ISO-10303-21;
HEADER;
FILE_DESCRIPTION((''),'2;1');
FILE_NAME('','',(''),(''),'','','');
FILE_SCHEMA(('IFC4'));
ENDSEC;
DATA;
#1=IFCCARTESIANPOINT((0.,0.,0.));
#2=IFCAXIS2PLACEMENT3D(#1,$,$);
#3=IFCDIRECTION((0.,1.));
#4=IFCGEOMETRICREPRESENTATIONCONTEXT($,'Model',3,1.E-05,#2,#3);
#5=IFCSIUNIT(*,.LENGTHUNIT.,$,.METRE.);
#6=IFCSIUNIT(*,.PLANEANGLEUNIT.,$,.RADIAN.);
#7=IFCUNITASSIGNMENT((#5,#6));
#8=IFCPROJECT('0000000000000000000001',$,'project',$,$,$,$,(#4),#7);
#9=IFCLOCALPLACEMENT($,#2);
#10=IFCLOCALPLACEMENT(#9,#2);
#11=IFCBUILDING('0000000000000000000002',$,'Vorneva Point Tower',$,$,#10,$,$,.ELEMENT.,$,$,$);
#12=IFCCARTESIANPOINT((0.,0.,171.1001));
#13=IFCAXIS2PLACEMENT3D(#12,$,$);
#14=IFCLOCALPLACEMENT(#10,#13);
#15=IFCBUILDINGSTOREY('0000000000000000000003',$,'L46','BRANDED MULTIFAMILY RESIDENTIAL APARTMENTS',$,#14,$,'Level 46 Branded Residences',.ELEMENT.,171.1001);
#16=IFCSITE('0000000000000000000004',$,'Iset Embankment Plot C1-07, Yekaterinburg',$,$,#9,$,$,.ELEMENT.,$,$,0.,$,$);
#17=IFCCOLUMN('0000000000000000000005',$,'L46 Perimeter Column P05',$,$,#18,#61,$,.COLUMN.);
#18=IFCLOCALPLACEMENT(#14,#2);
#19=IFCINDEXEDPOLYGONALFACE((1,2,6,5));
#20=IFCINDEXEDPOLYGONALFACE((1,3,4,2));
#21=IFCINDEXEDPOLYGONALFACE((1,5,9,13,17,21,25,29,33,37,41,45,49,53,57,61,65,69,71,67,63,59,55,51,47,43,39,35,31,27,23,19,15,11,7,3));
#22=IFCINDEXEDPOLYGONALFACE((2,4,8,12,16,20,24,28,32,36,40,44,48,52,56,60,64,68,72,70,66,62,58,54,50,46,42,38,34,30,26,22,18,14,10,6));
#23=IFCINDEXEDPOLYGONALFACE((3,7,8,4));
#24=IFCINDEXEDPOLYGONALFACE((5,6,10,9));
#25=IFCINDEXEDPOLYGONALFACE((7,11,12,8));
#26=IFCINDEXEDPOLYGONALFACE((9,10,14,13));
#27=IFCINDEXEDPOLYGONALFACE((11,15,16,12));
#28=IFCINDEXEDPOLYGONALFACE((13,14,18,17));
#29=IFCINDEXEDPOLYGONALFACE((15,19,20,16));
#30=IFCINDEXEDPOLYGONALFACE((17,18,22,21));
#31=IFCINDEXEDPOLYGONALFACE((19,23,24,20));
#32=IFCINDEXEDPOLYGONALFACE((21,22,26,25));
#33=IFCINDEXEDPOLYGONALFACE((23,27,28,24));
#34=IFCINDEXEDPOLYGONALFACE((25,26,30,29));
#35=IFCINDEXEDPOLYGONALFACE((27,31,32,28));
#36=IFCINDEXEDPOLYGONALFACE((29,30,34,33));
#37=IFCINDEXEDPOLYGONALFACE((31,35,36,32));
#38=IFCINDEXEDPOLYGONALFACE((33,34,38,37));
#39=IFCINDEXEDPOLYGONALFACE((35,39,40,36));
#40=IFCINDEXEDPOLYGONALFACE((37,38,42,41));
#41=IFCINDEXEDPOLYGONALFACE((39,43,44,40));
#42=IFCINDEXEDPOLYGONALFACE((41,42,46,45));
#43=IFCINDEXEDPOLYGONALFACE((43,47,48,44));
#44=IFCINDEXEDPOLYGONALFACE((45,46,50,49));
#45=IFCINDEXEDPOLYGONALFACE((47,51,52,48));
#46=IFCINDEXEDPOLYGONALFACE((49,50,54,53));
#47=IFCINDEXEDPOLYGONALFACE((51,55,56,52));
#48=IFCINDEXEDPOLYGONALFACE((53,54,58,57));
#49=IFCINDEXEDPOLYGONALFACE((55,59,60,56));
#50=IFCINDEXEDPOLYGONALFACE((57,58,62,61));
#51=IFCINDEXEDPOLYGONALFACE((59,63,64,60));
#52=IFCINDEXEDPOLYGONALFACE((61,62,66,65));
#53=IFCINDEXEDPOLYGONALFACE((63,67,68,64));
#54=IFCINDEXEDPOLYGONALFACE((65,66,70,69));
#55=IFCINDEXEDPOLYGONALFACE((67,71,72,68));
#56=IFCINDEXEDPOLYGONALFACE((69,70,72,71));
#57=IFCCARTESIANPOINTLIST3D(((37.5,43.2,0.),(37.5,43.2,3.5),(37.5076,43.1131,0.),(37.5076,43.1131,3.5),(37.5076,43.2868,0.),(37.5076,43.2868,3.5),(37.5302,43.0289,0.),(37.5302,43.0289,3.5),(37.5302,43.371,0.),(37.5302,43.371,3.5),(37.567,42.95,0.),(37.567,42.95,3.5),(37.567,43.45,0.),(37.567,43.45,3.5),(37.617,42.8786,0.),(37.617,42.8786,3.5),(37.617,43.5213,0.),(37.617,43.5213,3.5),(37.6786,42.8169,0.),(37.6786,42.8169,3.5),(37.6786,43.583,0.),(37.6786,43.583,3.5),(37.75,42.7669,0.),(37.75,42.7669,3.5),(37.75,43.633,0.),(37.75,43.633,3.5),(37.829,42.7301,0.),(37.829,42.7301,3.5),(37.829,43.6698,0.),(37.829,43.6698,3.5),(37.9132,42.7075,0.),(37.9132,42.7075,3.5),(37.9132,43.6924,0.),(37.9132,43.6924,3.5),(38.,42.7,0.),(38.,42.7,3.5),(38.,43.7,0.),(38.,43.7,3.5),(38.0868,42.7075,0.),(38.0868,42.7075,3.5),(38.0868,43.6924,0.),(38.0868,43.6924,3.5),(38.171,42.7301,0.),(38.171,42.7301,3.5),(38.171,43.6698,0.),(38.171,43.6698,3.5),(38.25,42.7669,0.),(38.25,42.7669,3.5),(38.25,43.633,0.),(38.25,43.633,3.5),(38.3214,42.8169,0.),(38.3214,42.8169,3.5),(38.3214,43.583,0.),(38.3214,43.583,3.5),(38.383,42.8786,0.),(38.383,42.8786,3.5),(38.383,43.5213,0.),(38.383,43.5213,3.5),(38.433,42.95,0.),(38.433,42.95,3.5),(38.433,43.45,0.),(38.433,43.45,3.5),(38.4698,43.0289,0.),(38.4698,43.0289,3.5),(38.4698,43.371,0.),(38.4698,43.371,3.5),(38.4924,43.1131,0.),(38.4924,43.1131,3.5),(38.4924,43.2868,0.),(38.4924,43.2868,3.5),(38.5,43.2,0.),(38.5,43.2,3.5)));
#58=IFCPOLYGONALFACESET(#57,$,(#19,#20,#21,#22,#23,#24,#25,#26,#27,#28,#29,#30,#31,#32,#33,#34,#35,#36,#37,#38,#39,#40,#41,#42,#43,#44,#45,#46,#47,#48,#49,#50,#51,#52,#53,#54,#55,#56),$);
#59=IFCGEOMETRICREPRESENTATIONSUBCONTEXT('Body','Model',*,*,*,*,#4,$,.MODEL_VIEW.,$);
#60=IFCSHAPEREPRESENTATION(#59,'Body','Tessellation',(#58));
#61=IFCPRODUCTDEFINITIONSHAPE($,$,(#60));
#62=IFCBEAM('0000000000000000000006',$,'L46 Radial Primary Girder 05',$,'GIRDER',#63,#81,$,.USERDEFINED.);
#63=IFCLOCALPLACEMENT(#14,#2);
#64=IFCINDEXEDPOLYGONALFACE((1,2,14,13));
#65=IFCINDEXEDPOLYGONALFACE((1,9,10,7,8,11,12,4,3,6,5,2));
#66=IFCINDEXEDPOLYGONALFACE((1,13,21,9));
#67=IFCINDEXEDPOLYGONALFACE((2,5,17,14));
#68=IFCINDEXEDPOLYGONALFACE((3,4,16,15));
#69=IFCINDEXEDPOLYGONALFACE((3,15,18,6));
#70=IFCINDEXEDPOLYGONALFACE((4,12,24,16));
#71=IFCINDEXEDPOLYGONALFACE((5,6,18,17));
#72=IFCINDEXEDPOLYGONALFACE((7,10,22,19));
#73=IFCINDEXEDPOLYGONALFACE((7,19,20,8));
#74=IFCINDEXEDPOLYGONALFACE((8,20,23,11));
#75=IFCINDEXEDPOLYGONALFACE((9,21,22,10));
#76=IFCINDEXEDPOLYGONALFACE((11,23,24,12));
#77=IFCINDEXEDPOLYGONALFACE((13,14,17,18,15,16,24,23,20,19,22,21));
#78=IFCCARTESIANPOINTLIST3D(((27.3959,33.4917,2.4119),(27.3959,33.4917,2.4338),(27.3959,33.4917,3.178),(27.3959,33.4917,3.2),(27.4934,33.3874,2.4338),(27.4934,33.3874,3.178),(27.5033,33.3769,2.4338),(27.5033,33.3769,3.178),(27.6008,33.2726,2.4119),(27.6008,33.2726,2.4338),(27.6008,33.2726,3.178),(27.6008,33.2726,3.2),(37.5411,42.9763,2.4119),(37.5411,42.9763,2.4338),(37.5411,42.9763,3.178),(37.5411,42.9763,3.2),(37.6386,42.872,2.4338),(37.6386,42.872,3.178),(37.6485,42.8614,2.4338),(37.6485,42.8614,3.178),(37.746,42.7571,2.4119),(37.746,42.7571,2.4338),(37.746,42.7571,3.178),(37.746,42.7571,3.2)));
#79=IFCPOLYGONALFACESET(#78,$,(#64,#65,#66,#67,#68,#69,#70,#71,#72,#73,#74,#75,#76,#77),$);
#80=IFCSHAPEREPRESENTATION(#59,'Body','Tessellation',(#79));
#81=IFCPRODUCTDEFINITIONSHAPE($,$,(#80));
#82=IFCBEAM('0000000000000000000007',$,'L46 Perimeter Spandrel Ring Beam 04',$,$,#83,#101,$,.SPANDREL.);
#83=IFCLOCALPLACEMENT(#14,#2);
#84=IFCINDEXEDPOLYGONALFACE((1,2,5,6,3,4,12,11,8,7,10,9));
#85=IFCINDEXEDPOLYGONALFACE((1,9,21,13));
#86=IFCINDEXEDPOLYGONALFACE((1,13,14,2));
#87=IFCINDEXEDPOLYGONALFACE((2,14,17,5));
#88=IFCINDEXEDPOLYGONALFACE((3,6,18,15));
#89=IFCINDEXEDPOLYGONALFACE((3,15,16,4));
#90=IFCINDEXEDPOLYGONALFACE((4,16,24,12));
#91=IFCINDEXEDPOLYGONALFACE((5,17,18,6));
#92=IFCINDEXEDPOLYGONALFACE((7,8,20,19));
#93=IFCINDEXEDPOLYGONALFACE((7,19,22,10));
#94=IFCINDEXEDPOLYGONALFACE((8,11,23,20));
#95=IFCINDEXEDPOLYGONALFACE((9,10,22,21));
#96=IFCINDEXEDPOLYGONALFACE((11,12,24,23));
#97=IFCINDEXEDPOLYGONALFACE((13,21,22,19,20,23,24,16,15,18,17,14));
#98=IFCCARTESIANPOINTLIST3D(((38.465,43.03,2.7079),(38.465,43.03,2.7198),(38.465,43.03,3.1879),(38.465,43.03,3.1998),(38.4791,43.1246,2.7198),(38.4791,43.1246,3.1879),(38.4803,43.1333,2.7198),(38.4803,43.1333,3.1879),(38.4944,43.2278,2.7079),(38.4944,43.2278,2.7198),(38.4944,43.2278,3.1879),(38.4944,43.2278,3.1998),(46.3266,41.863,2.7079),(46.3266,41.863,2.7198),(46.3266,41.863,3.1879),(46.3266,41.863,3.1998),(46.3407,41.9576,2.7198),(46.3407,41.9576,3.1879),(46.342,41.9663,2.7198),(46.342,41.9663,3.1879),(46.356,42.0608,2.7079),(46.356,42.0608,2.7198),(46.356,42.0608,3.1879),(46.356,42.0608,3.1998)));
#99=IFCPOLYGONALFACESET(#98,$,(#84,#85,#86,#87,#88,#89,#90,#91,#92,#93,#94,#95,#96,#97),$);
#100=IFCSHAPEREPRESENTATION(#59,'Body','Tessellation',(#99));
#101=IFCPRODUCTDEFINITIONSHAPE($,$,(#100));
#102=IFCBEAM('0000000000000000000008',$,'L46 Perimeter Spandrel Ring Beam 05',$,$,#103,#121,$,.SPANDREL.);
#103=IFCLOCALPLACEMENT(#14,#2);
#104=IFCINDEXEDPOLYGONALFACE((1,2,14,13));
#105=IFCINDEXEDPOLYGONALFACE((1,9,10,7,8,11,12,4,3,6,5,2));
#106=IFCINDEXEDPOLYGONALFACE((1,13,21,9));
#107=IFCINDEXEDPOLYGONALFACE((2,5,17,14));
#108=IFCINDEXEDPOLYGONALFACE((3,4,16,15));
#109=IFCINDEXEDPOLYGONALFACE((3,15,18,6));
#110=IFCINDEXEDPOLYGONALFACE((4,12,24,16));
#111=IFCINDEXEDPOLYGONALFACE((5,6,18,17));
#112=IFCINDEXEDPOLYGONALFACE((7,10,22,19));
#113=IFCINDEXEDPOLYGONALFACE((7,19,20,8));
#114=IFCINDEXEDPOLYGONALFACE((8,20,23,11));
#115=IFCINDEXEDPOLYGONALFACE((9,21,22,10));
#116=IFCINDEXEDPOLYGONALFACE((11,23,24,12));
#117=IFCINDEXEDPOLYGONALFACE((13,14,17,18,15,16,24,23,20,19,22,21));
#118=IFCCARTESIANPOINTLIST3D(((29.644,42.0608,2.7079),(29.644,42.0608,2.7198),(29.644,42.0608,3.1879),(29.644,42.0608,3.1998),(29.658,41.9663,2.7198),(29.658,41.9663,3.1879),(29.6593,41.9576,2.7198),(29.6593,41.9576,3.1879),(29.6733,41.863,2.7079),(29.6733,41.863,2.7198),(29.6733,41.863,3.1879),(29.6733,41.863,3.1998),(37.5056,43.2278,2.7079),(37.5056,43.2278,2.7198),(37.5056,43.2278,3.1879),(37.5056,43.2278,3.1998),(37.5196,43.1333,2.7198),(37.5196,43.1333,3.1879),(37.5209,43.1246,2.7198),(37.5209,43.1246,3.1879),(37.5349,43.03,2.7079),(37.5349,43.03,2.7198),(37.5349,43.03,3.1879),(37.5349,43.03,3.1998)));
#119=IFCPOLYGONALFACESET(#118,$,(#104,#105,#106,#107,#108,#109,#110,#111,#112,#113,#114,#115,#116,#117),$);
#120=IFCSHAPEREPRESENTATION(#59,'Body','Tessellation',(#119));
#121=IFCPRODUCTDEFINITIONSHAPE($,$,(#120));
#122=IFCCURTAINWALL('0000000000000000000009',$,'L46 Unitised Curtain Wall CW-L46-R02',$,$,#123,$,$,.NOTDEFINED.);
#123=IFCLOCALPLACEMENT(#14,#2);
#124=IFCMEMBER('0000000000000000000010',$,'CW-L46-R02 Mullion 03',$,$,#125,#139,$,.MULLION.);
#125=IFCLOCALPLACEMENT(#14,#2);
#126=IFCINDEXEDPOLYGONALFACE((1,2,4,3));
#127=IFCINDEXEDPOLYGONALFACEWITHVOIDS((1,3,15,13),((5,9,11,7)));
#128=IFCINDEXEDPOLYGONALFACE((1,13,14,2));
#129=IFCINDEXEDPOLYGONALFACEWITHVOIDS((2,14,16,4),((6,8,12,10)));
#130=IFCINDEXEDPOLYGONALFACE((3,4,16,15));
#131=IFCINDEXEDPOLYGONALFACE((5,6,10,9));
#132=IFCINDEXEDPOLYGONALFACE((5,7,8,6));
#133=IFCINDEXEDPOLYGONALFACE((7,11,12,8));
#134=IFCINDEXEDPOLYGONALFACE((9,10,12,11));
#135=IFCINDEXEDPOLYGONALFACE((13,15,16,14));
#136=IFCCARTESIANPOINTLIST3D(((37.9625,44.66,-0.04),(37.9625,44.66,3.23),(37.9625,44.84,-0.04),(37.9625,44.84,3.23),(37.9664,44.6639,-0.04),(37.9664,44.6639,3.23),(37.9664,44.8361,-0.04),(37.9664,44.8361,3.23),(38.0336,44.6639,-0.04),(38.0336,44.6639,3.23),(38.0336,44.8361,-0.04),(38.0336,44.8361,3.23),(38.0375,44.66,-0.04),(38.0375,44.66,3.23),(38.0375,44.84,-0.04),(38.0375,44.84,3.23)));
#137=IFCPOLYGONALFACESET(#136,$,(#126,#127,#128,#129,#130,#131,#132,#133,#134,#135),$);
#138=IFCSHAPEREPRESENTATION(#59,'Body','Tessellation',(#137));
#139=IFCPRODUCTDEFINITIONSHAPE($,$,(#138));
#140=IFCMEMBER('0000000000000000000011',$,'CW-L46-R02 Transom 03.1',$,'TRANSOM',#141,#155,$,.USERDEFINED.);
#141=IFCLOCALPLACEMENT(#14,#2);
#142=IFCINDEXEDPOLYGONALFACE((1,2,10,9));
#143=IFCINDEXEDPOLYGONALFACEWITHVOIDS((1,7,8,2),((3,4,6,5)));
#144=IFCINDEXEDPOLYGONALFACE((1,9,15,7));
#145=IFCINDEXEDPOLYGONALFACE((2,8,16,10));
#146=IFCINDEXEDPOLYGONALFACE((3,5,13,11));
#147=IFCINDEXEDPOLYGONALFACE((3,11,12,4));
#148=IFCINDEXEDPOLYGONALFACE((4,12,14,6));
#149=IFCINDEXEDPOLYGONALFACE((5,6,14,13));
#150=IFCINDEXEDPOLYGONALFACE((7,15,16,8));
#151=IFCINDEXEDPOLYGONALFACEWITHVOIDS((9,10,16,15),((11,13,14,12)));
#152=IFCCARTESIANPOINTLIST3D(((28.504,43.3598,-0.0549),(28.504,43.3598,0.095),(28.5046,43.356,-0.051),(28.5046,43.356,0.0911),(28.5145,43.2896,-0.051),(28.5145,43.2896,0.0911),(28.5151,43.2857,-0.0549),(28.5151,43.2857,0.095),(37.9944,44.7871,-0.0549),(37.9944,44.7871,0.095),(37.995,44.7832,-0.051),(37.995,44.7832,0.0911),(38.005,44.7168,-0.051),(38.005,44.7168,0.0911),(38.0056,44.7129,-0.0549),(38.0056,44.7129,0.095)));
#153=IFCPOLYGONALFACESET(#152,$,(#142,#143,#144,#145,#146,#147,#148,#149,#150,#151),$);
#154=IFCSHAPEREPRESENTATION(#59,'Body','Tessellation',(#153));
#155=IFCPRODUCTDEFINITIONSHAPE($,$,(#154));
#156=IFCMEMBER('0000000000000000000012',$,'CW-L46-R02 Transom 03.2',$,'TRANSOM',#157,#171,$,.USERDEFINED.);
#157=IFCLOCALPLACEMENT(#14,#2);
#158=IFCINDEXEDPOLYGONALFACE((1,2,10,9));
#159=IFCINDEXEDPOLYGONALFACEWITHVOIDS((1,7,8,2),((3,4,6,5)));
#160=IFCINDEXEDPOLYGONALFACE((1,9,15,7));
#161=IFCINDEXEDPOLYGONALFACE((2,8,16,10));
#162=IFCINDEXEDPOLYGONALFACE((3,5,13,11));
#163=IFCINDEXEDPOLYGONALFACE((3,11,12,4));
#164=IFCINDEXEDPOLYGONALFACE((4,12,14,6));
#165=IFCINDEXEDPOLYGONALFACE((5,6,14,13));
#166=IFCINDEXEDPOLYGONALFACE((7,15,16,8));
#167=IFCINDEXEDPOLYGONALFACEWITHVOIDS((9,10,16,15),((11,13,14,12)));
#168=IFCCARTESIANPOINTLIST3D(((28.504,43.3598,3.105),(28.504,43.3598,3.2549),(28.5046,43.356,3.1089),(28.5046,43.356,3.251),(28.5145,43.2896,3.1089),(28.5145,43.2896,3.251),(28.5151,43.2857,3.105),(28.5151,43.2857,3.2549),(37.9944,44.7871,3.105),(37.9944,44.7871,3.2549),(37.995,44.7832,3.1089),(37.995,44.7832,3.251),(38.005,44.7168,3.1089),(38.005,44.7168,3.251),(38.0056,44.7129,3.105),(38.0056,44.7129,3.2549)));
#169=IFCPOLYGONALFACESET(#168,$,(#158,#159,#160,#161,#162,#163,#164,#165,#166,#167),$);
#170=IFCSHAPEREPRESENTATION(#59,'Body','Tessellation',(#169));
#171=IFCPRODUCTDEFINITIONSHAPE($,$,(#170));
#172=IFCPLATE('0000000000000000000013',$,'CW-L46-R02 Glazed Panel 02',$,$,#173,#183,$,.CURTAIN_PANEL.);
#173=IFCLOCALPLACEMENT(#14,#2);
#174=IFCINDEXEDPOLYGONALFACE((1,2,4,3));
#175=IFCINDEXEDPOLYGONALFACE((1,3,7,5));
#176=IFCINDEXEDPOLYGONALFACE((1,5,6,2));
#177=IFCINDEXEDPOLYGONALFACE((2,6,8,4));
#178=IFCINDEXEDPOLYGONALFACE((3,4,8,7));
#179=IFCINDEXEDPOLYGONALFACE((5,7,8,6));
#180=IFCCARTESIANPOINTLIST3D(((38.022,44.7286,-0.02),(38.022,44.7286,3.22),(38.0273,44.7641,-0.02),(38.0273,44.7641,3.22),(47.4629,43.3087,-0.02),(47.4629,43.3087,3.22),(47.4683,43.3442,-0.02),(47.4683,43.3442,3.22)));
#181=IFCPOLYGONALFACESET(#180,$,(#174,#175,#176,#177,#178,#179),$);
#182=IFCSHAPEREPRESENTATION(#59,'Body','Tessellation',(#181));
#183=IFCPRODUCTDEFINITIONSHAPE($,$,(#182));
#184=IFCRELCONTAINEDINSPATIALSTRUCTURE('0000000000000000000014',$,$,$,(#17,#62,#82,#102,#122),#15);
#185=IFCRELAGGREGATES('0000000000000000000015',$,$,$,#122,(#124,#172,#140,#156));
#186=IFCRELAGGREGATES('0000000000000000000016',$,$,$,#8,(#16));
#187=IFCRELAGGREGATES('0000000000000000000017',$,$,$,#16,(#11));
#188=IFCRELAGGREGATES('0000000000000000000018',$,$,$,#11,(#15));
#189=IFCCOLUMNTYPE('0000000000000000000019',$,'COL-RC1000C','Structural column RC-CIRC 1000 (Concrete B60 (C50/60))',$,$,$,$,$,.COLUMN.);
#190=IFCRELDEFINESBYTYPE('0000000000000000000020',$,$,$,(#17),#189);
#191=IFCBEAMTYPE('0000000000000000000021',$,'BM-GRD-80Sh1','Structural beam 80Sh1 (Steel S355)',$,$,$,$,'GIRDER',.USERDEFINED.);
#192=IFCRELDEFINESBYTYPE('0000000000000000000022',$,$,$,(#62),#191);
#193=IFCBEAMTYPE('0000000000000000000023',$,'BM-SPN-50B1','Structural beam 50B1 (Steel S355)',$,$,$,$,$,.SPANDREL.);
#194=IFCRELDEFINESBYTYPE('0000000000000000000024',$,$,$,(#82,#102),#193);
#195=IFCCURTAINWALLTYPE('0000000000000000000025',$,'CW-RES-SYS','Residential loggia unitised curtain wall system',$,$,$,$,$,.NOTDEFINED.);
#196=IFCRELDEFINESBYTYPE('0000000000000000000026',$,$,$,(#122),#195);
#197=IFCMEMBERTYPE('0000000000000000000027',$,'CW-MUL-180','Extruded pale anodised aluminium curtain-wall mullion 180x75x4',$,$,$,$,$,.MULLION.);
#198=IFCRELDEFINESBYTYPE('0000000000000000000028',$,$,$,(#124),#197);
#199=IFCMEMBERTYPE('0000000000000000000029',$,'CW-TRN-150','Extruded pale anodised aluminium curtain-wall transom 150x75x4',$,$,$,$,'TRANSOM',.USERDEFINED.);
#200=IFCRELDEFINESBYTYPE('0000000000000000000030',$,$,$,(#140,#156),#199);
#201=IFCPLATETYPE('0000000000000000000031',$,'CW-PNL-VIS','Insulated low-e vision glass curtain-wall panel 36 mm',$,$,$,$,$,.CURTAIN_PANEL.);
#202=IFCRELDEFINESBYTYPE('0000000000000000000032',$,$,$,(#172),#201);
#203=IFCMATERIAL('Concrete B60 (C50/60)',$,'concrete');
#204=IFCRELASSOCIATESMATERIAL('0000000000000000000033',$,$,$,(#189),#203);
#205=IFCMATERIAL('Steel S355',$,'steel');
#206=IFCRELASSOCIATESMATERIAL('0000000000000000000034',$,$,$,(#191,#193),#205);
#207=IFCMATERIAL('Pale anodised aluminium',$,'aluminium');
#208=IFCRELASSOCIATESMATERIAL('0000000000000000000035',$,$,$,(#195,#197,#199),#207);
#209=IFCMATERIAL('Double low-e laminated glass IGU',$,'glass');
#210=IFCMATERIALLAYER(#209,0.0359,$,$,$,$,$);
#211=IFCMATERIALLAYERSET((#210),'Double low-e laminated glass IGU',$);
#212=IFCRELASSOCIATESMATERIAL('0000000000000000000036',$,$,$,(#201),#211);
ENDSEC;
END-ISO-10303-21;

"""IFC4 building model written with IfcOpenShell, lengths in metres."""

from ifc_helpers import new_model, si_unit, direction, frame, origin, origin_2d, place, context, subcontext, project, spatial, rectangle, hollow_rectangle, circle, i_section, extrude, material, layer, layer_set, material_profile, profile_set, type_object, element, aggregate, save


model = new_model("IFC4")

# Units and contexts
model_context = context("Model", 3, precision=1e-05, world=origin(), true_north=direction((0.0, 1.0)))
body_context = subcontext(model_context, "Body", "Model", "MODEL_VIEW")
ifc_project = project(units=[si_unit("LENGTHUNIT", "METRE"), si_unit("PLANEANGLEUNIT", "RADIAN")], contexts=[model_context])

# Site, building, storey
site_placement = place(None, origin())
site = spatial("IfcSite", under=ifc_project, at=site_placement, Name="Iset Embankment Plot C1-07, Yekaterinburg", CompositionType="ELEMENT", RefElevation=0.0)
building_placement = place(site_placement, origin())
building = spatial("IfcBuilding", under=site, at=building_placement, Name="Vorneva Point Tower", CompositionType="ELEMENT")
storey_placement = place(building_placement, frame((0.0, 0.0, 171.1001)))
storey = spatial("IfcBuildingStorey", under=building, at=storey_placement, Name="L46", Description="BRANDED MULTIFAMILY RESIDENTIAL APARTMENTS", LongName="Level 46 Branded Residences", CompositionType="ELEMENT", Elevation=171.1001)

# Column
ifc_material_1 = material(Name="Concrete B60 (C50/60)", Category="concrete")
ifc_material_profile_1 = material_profile(ifc_material_1, circle(Radius=0.5, at=origin_2d()), Name="RC-CIRC 1000")
ifc_profile_set_1 = profile_set([ifc_material_profile_1], Name="Concrete B60 (C50/60)")
column_type = type_object("IfcColumnType", Name="COL-RC1000C", Description="Structural column RC-CIRC 1000 (Concrete B60 (C50/60))", PredefinedType="COLUMN", material=ifc_profile_set_1)
column_placement = place(storey_placement, frame((38.0, 43.2, 0.0), z_axis=(0.0, 0.0, 1.0), x_axis=(0.0, 1.0, 0.0)))
element("IfcColumn", 1, at=column_placement, inside=storey, type_object=column_type, Name="L46 Perimeter Column P05", PredefinedType="COLUMN", context=body_context, shape_type="SweptSolid", body=[
    extrude(circle(Radius=0.5, at=origin_2d()), origin(), (0.0, 0.0, 1.0), 3.5),
])

# Beams
ifc_material_2 = material(Name="Steel S355", Category="steel")
ifc_material_profile_2 = material_profile(ifc_material_2, i_section(OverallWidth=0.3, OverallDepth=0.7881, WebThickness=0.0144, FlangeThickness=0.022, at=origin_2d()), Name="80Sh1")
ifc_profile_set_2 = profile_set([ifc_material_profile_2], Name="Steel S355")
beam_type_1 = type_object("IfcBeamType", Name="BM-GRD-80Sh1", Description="Structural beam 80Sh1 (Steel S355)", ElementType="GIRDER", PredefinedType="USERDEFINED", material=ifc_profile_set_2)
beam_placement = place(storey_placement, frame((37.6436, 42.8667, 2.8059), z_axis=(-0.730491, -0.682922, 0.0), x_axis=(0.682922, -0.730491, 0.0)))
element("IfcBeam", 2, at=beam_placement, inside=storey, type_object=beam_type_1, Name="L46 Radial Primary Girder 05", ObjectType="GIRDER", PredefinedType="USERDEFINED", context=body_context, shape_type="SweptSolid", body=[
    extrude(i_section(OverallWidth=0.3, OverallDepth=0.7881, WebThickness=0.0144, FlangeThickness=0.022, at=origin_2d()), origin(), (0.0, 0.0, 1.0), 13.8882),
])
ifc_material_profile_3 = material_profile(ifc_material_2, i_section(OverallWidth=0.2, OverallDepth=0.4919, WebThickness=0.0088, FlangeThickness=0.012, at=origin_2d()), Name="50B1")
ifc_profile_set_3 = profile_set([ifc_material_profile_3], Name="Steel S355")
beam_type_2 = type_object("IfcBeamType", Name="BM-SPN-50B1", Description="Structural beam 50B1 (Steel S355)", PredefinedType="SPANDREL", material=ifc_profile_set_3)
for number, where, z_axis, x_axis, name in (
    (3, (46.3413, 41.9619, 2.9539), (-0.989161, 0.146834, 0.0), (-0.146834, -0.989161, 0.0), "L46 Perimeter Spandrel Ring Beam 04"),
    (4, (37.5203, 43.1289, 2.9539), (-0.989161, -0.146834, 0.0), (0.146834, -0.989161, 0.0), "L46 Perimeter Spandrel Ring Beam 05"),
):
    element("IfcBeam", number, at=place(storey_placement, frame(where, z_axis=z_axis, x_axis=x_axis)), inside=storey, type_object=beam_type_2, Name=name, PredefinedType="SPANDREL", context=body_context, shape_type="SweptSolid", body=[
        extrude(i_section(OverallWidth=0.2, OverallDepth=0.4919, WebThickness=0.0088, FlangeThickness=0.012, at=origin_2d()), origin(), (0.0, 0.0, 1.0), 7.9478),
    ])

# Curtain wall, members, plate
ifc_material_3 = material(Name="Pale anodised aluminium", Category="aluminium")
curtain_wall_type = type_object("IfcCurtainWallType", Name="CW-RES-SYS", Description="Residential loggia unitised curtain wall system", PredefinedType="NOTDEFINED", material=ifc_material_3)
curtain_wall_placement = place(storey_placement, origin())
curtain_wall = element("IfcCurtainWall", 5, at=curtain_wall_placement, inside=storey, type_object=curtain_wall_type, Name="L46 Unitised Curtain Wall CW-L46-R02", PredefinedType="NOTDEFINED")
ifc_material_profile_4 = material_profile(ifc_material_3, hollow_rectangle(XDim=0.075, YDim=0.1799, WallThickness=0.0039, at=origin_2d()), Name="AL-MUL 180x75x4")
ifc_profile_set_4 = profile_set([ifc_material_profile_4], Name="Pale anodised aluminium")
member_type_1 = type_object("IfcMemberType", Name="CW-MUL-180", Description="Extruded pale anodised aluminium curtain-wall mullion 180x75x4", PredefinedType="MULLION", material=ifc_profile_set_4)
member_1_placement = place(storey_placement, frame((38.0, 44.75, -0.04), z_axis=(0.0, 0.0, 1.0), x_axis=(1.0, 0.0, 0.0)))
member_1 = element("IfcMember", 6, at=member_1_placement, type_object=member_type_1, Name="CW-L46-R02 Mullion 03", PredefinedType="MULLION", context=body_context, shape_type="SweptSolid", body=[
    extrude(hollow_rectangle(XDim=0.075, YDim=0.1799, WallThickness=0.0039, at=origin_2d()), origin(), (0.0, 0.0, 1.0), 3.27),
])
ifc_material_profile_5 = material_profile(ifc_material_3, hollow_rectangle(XDim=0.075, YDim=0.1499, WallThickness=0.0039, at=origin_2d()), Name="AL-TRN 150x75x4")
ifc_profile_set_5 = profile_set([ifc_material_profile_5], Name="Pale anodised aluminium")
member_type_2 = type_object("IfcMemberType", Name="CW-TRN-150", Description="Extruded pale anodised aluminium curtain-wall transom 150x75x4", ElementType="TRANSOM", PredefinedType="USERDEFINED", material=ifc_profile_set_5)
member_2_placement = place(storey_placement, frame((38.0, 44.75, 0.02), z_axis=(-0.98888, -0.148715, 0.0), x_axis=(0.148715, -0.98888, 0.0)))
member_2 = element("IfcMember", 7, at=member_2_placement, type_object=member_type_2, Name="CW-L46-R02 Transom 03.1", ObjectType="TRANSOM", PredefinedType="USERDEFINED", context=body_context, shape_type="SweptSolid", body=[
    extrude(hollow_rectangle(XDim=0.075, YDim=0.1499, WallThickness=0.0039, at=origin_2d()), origin(), (0.0, 0.0, 1.0), 9.5972),
])
member_3_placement = place(storey_placement, frame((38.0, 44.75, 3.1799), z_axis=(-0.98888, -0.148715, 0.0), x_axis=(0.148715, -0.98888, 0.0)))
member_3 = element("IfcMember", 8, at=member_3_placement, type_object=member_type_2, Name="CW-L46-R02 Transom 03.2", ObjectType="TRANSOM", PredefinedType="USERDEFINED", context=body_context, shape_type="SweptSolid", body=[
    extrude(hollow_rectangle(XDim=0.075, YDim=0.1499, WallThickness=0.0039, at=origin_2d()), origin(), (0.0, 0.0, 1.0), 9.5972),
])
ifc_material_4 = material(Name="Double low-e laminated glass IGU", Category="glass")
ifc_layer_1 = layer(ifc_material_4, 0.0359)
ifc_layer_set_1 = layer_set([ifc_layer_1], Name="Double low-e laminated glass IGU")
plate_type = type_object("IfcPlateType", Name="CW-PNL-VIS", Description="Insulated low-e vision glass curtain-wall panel 36 mm", PredefinedType="CURTAIN_PANEL", material=ifc_layer_set_1)
plate_placement = place(storey_placement, frame((42.7451, 44.0364, -0.02), z_axis=(0.0, 0.0, 1.0), x_axis=(-0.988879, 0.148724, 0.0)))
plate = element("IfcPlate", 9, at=plate_placement, type_object=plate_type, Name="CW-L46-R02 Glazed Panel 02", PredefinedType="CURTAIN_PANEL", context=body_context, shape_type="SweptSolid", body=[
    extrude(rectangle(XDim=9.5471, YDim=0.0359, at=origin_2d()), origin(), (0.0, 0.0, 1.0), 3.24),
])
aggregate(curtain_wall, [member_1, plate, member_2, member_3])

save(model, "model.ifc")
